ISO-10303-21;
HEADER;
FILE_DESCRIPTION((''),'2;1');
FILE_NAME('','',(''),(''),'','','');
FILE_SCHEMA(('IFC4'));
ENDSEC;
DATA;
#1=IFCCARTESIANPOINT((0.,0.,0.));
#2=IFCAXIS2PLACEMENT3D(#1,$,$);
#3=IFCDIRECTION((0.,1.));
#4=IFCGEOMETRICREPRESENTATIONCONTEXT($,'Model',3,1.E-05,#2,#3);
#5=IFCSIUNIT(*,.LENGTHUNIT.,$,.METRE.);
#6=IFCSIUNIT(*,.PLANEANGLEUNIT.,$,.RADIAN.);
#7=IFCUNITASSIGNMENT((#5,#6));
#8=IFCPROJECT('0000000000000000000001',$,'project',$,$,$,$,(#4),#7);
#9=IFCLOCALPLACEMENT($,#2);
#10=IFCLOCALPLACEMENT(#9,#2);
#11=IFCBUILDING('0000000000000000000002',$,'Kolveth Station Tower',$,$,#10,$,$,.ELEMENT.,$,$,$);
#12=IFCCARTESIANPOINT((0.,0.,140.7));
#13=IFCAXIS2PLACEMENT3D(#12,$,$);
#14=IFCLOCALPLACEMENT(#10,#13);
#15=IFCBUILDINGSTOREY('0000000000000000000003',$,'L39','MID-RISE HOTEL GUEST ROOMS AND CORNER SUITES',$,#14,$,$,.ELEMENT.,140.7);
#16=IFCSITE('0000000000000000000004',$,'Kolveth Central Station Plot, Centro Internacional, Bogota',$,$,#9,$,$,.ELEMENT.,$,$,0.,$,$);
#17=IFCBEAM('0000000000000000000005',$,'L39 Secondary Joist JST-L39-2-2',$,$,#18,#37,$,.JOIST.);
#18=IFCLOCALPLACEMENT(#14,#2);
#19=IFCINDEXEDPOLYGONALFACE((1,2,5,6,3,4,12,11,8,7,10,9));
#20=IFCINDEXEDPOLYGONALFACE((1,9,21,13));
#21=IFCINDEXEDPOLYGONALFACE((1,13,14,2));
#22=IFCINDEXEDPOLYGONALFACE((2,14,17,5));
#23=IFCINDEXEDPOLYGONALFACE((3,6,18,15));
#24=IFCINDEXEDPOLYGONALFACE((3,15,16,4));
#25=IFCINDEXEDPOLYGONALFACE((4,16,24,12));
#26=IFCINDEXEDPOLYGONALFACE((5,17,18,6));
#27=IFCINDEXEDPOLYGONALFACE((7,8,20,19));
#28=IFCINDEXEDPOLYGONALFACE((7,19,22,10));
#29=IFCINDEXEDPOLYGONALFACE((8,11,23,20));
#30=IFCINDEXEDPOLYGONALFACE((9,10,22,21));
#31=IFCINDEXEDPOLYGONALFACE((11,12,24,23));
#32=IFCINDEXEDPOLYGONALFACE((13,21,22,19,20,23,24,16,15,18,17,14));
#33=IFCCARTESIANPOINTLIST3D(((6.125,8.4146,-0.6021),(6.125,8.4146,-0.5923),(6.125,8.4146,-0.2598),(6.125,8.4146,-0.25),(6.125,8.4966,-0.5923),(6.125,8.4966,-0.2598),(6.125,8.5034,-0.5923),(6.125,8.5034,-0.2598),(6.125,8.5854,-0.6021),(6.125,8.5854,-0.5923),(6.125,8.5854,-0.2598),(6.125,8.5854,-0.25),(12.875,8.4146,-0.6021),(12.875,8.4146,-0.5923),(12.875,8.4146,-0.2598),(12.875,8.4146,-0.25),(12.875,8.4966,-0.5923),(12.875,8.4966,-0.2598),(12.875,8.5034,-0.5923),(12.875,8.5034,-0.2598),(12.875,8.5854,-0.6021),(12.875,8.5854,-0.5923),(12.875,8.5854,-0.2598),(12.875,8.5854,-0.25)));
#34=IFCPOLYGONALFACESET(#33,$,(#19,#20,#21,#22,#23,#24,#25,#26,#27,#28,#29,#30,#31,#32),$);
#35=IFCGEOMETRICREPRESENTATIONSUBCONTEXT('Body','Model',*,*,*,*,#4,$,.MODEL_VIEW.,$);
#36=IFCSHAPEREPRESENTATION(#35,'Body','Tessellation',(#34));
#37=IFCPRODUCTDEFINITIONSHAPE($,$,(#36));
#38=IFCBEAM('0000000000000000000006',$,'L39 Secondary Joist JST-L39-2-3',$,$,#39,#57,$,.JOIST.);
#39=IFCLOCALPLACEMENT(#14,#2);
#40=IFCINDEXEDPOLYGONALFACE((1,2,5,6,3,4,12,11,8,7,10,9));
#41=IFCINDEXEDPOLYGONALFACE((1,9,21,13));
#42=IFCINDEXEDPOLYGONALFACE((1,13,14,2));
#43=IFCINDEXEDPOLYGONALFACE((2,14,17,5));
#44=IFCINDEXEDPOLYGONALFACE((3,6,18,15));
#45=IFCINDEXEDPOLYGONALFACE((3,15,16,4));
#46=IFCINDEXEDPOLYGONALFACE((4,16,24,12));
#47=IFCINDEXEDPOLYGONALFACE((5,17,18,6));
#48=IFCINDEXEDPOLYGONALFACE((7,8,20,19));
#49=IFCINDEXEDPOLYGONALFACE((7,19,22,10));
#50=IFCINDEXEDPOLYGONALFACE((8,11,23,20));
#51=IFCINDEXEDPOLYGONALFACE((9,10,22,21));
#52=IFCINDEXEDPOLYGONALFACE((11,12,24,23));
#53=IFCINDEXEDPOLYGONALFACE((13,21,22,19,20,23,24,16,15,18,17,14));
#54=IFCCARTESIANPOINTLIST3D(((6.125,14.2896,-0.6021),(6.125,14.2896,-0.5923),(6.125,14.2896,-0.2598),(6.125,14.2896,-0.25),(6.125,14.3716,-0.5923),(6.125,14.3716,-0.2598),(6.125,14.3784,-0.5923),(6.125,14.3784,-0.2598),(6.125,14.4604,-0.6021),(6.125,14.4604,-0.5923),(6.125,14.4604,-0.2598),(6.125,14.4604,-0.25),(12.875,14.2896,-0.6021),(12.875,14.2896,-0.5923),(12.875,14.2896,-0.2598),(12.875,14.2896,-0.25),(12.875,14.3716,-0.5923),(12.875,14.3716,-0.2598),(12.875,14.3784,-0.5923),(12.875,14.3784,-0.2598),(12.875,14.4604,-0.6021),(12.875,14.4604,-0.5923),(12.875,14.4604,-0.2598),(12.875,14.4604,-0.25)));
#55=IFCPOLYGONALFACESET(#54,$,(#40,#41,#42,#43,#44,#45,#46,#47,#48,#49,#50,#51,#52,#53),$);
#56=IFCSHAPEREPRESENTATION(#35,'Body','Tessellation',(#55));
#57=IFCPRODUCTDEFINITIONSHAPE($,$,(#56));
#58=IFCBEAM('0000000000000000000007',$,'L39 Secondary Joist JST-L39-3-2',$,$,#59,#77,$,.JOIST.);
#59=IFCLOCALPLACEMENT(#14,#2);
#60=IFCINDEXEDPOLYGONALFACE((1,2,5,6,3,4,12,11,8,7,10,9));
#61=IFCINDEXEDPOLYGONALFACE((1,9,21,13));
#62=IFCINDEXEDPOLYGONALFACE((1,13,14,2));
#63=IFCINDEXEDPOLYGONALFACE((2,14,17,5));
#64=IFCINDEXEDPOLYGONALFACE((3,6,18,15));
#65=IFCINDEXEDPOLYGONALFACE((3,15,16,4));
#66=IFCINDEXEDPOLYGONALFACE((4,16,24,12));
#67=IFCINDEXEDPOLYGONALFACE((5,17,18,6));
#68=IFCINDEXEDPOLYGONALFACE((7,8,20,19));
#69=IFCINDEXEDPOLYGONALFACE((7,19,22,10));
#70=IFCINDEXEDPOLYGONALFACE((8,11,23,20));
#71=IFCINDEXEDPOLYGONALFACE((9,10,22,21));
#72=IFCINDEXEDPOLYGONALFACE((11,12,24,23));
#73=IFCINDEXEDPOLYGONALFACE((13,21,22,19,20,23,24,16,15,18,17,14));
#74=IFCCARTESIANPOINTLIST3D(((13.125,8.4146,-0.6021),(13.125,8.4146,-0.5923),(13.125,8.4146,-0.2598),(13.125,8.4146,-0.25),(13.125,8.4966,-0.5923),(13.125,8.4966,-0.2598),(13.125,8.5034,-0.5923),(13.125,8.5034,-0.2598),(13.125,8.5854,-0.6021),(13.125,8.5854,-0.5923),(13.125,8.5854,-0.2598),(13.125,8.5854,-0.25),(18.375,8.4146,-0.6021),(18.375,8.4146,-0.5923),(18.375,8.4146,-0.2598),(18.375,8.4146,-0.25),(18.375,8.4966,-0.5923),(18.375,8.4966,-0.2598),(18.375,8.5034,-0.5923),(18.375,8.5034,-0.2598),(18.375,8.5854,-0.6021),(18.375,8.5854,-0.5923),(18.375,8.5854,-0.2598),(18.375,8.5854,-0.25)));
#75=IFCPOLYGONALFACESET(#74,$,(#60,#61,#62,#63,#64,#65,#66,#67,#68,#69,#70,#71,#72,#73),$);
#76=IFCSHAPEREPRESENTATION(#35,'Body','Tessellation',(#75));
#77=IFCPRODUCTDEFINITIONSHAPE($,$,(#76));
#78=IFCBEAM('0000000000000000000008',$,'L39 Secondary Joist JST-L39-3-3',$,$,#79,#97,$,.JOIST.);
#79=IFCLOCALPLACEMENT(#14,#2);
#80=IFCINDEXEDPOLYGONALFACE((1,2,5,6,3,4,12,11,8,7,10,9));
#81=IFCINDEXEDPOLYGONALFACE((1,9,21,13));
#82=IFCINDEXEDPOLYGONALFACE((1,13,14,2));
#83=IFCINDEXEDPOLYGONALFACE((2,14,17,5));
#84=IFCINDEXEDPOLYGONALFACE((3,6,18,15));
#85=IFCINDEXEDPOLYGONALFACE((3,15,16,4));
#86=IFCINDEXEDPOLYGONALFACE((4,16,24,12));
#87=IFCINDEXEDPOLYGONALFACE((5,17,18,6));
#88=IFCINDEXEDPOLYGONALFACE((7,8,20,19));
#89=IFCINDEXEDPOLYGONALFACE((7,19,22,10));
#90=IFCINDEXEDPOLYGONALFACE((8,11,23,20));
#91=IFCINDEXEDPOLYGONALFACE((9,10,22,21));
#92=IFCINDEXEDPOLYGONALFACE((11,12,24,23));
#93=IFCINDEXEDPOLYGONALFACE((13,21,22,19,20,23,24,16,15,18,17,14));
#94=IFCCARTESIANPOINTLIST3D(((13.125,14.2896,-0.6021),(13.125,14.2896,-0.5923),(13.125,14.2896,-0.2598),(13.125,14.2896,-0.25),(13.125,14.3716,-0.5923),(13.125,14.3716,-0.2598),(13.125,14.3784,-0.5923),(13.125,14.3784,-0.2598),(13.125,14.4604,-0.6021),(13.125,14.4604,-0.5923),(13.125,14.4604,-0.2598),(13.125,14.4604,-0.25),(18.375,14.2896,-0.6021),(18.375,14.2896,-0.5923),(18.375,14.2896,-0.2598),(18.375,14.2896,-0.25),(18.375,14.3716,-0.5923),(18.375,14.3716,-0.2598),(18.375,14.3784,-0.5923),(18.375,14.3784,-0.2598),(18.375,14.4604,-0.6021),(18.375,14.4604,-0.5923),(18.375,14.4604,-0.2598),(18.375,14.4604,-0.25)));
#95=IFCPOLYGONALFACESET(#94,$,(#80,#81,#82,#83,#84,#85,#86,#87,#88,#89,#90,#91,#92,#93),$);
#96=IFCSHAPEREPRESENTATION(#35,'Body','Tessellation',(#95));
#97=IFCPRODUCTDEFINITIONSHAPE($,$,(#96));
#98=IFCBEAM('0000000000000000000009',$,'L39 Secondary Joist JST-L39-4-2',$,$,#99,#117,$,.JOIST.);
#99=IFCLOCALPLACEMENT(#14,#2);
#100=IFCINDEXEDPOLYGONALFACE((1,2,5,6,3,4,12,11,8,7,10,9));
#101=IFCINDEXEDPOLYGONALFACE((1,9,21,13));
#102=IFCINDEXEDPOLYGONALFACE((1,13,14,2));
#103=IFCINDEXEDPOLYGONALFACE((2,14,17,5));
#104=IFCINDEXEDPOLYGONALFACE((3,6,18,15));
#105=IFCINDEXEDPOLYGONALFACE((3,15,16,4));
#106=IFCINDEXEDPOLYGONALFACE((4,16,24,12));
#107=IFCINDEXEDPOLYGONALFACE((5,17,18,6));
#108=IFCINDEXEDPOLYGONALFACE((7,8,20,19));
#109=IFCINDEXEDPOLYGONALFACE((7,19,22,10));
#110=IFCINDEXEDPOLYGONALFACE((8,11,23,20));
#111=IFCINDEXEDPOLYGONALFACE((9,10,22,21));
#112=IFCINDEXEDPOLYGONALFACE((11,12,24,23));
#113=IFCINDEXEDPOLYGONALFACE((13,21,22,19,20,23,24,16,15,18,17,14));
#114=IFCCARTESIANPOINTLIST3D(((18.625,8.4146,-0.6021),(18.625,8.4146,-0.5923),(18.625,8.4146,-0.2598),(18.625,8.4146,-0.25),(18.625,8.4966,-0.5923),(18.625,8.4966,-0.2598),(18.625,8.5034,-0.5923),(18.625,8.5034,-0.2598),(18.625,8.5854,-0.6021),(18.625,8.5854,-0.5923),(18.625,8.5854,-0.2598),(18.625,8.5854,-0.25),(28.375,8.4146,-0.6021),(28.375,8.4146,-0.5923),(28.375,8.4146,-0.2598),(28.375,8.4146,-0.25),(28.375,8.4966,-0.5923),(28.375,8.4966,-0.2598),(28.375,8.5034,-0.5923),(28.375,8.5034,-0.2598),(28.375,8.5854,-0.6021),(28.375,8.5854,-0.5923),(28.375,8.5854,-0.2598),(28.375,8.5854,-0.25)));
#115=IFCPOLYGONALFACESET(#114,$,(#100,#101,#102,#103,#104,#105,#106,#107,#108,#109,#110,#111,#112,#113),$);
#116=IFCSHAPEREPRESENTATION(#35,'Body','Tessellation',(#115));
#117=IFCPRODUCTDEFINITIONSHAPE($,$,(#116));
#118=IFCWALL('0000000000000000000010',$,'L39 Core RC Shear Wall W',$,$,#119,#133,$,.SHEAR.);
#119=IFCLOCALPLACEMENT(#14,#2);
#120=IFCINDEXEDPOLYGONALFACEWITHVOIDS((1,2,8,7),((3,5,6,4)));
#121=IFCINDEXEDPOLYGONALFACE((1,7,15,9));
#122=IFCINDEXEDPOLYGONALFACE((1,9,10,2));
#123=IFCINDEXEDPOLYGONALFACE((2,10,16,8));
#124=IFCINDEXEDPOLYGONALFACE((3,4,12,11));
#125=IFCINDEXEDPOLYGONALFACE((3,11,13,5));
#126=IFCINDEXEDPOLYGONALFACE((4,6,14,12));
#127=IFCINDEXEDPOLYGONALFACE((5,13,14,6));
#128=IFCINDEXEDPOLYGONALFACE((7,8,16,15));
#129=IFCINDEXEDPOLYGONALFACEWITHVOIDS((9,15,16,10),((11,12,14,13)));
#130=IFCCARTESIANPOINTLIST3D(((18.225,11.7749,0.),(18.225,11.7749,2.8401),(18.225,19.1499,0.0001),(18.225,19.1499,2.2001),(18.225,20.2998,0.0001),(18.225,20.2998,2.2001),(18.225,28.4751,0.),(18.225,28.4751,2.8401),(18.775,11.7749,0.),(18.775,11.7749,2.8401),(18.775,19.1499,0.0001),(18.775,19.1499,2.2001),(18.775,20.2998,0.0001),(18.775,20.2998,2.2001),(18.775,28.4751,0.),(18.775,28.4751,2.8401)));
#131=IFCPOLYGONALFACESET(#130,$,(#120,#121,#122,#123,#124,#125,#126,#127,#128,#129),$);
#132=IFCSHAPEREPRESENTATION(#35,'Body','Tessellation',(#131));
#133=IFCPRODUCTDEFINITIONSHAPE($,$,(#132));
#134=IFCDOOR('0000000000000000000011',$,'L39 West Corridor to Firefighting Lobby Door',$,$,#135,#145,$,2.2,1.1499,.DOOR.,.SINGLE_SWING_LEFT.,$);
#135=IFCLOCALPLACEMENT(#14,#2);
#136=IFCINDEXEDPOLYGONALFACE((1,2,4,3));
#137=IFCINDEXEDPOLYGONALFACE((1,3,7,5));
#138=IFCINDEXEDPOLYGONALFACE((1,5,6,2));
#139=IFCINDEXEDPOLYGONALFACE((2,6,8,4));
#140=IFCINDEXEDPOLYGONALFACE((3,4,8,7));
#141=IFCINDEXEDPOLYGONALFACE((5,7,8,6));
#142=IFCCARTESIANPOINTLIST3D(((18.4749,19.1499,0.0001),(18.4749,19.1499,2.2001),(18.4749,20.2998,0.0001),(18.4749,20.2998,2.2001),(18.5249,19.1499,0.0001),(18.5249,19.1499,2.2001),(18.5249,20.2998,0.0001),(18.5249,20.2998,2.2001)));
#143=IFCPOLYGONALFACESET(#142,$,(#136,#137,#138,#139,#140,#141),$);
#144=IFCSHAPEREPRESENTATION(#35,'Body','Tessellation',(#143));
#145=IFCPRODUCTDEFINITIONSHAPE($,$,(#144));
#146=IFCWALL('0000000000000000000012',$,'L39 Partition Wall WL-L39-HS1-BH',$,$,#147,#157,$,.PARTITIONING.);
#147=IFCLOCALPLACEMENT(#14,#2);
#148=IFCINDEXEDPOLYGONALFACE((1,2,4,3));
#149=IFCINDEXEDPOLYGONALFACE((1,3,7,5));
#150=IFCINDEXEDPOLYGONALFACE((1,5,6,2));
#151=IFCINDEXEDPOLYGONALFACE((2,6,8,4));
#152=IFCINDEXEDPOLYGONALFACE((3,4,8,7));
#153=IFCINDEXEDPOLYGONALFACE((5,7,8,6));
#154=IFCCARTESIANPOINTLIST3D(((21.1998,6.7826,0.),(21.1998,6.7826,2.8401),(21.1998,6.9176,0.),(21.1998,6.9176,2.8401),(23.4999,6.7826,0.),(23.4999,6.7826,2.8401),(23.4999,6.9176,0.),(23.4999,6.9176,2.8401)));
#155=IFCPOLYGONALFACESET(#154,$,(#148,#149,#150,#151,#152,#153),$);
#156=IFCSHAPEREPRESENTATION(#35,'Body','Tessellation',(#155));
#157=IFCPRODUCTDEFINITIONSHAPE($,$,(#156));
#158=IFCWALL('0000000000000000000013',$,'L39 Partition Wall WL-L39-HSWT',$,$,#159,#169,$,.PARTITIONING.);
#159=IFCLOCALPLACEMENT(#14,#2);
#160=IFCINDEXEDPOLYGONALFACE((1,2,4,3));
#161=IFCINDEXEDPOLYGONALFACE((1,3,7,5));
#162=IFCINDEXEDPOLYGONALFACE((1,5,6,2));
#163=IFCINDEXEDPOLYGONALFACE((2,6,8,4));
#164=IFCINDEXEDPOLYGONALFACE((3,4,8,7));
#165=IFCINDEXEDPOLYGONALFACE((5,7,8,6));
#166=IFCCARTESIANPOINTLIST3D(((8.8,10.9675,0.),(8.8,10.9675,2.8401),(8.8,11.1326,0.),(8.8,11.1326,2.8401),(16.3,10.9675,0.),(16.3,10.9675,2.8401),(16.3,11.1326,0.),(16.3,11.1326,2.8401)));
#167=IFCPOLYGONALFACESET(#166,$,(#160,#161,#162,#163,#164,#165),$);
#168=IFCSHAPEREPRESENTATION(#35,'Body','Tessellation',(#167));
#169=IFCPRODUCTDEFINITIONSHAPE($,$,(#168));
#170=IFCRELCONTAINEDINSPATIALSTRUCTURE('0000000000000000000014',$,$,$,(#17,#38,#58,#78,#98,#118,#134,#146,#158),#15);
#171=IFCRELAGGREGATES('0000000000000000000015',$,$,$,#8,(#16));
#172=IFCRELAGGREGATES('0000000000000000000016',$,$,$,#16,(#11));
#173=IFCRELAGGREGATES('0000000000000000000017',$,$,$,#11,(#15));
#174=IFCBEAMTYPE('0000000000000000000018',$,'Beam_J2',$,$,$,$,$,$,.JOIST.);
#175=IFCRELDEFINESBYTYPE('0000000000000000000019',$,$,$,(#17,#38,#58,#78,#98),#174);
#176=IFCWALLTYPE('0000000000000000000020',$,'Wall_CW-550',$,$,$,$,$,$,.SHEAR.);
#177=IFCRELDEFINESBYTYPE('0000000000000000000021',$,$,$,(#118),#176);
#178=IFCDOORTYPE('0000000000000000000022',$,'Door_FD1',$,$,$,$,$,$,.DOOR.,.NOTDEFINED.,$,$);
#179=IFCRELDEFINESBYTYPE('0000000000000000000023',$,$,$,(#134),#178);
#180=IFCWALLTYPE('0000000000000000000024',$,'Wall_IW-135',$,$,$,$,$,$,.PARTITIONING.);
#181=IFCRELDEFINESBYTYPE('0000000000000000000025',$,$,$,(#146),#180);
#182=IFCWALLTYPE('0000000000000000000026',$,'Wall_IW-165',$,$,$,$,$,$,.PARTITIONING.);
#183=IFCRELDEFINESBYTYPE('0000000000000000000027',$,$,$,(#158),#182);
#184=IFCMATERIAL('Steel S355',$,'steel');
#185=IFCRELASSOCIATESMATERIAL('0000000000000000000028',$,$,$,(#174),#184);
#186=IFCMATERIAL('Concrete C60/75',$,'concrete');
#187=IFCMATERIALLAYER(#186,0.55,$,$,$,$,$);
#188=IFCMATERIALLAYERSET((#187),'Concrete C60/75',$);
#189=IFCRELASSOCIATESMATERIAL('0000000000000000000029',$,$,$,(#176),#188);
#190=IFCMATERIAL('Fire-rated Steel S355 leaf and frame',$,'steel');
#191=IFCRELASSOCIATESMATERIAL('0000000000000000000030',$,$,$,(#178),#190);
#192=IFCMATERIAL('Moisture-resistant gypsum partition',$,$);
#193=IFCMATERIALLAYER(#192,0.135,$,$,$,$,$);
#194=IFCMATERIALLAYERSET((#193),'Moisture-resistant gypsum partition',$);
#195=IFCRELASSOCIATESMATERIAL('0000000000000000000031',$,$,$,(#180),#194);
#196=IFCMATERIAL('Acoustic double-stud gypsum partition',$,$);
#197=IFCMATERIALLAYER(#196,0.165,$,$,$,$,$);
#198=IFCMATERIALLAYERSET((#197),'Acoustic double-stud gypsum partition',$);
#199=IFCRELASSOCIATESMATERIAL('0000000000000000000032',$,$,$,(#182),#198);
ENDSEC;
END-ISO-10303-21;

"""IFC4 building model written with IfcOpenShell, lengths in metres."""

from ifc_helpers import new_model, si_unit, direction, frame, frame_2d, origin, origin_2d, place, context, subcontext, project, spatial, rectangle, i_section, extrude, source, transform, mapped, material, layer, layer_set, material_profile, profile_set, type_object, element, fill, save


model = new_model("IFC4")

# Units and contexts
model_context = context("Model", 3, precision=1e-05, world=origin(), true_north=direction((0.0, 1.0)))
body_context = subcontext(model_context, "Body", "Model", "MODEL_VIEW")
ifc_project = project(units=[si_unit("LENGTHUNIT", "METRE"), si_unit("PLANEANGLEUNIT", "RADIAN")], contexts=[model_context])

# Site, building, storey
site_placement = place(None, origin())
site = spatial("IfcSite", under=ifc_project, at=site_placement, Name="Kolveth Central Station Plot, Centro Internacional, Bogota", CompositionType="ELEMENT", RefElevation=0.0)
building_placement = place(site_placement, origin())
building = spatial("IfcBuilding", under=site, at=building_placement, Name="Kolveth Station Tower", CompositionType="ELEMENT")
storey_placement = place(building_placement, frame((0.0, 0.0, 140.7)))
storey = spatial("IfcBuildingStorey", under=building, at=storey_placement, Name="L39", Description="MID-RISE HOTEL GUEST ROOMS AND CORNER SUITES", CompositionType="ELEMENT", Elevation=140.7)

# Shared definitions
ifc_material_1 = material(Name="Steel S355", Category="steel")

# Beams
ifc_material_profile_1 = material_profile(ifc_material_1, i_section(OverallWidth=0.1709, OverallDepth=0.3521, WebThickness=0.0068, FlangeThickness=0.0098, at=origin_2d()), Name="W360x44")
ifc_profile_set_1 = profile_set([ifc_material_profile_1], Name="Steel S355")
beam_type_1 = type_object("IfcBeamType", Name="Beam_J2", PredefinedType="JOIST", material=ifc_profile_set_1)
shared_shape_1 = source(origin(), body_context, "Body", "SweptSolid", [
    extrude(i_section(OverallWidth=0.1709, OverallDepth=0.3521, WebThickness=0.0068, FlangeThickness=0.0098, at=origin_2d()), origin(), (0.0, 0.0, 1.0), 6.75),
])
for number, where, z_axis, x_axis, name in (
    (1, (6.125, 8.5, -0.426), (1.0, 0.0, 0.0), (0.0, 1.0, 0.0), "L39 Secondary Joist JST-L39-2-2"),
    (2, (6.125, 14.375, -0.426), (1.0, 0.0, 0.0), (0.0, 1.0, 0.0), "L39 Secondary Joist JST-L39-2-3"),
):
    element("IfcBeam", number, at=place(storey_placement, frame(where, z_axis=z_axis, x_axis=x_axis)), inside=storey, type_object=beam_type_1, Name=name, PredefinedType="JOIST", context=body_context, shape_type="MappedRepresentation", body=[
        mapped(shared_shape_1, transform((0.0, 0.0, 0.0), x_axis=(1.0, 0.0, 0.0), y_axis=(0.0, 1.0, 0.0), z_axis=(0.0, 0.0, 1.0), scale=1.0)),
    ])
shared_shape_2 = source(origin(), body_context, "Body", "SweptSolid", [
    extrude(i_section(OverallWidth=0.1709, OverallDepth=0.3521, WebThickness=0.0068, FlangeThickness=0.0098, at=origin_2d()), origin(), (0.0, 0.0, 1.0), 5.25),
])
for number, where, z_axis, x_axis, name in (
    (3, (13.125, 8.5, -0.426), (1.0, 0.0, 0.0), (0.0, 1.0, 0.0), "L39 Secondary Joist JST-L39-3-2"),
    (4, (13.125, 14.375, -0.426), (1.0, 0.0, 0.0), (0.0, 1.0, 0.0), "L39 Secondary Joist JST-L39-3-3"),
):
    element("IfcBeam", number, at=place(storey_placement, frame(where, z_axis=z_axis, x_axis=x_axis)), inside=storey, type_object=beam_type_1, Name=name, PredefinedType="JOIST", context=body_context, shape_type="MappedRepresentation", body=[
        mapped(shared_shape_2, transform((0.0, 0.0, 0.0), x_axis=(1.0, 0.0, 0.0), y_axis=(0.0, 1.0, 0.0), z_axis=(0.0, 0.0, 1.0), scale=1.0)),
    ])
shared_shape_3 = source(origin(), body_context, "Body", "SweptSolid", [
    extrude(i_section(OverallWidth=0.1709, OverallDepth=0.3521, WebThickness=0.0068, FlangeThickness=0.0098, at=origin_2d()), origin(), (0.0, 0.0, 1.0), 9.75),
])
beam_1_placement = place(storey_placement, frame((18.625, 8.5, -0.426), z_axis=(1.0, 0.0, 0.0), x_axis=(0.0, 1.0, 0.0)))
element("IfcBeam", 5, at=beam_1_placement, inside=storey, type_object=beam_type_1, Name="L39 Secondary Joist JST-L39-4-2", PredefinedType="JOIST", context=body_context, shape_type="MappedRepresentation", body=[
    mapped(shared_shape_3, transform((0.0, 0.0, 0.0), x_axis=(1.0, 0.0, 0.0), y_axis=(0.0, 1.0, 0.0), z_axis=(0.0, 0.0, 1.0), scale=1.0)),
])

# Shared definitions
ifc_material_2 = material(Name="Concrete C60/75", Category="concrete")
ifc_layer_1 = layer(ifc_material_2, 0.55)
ifc_layer_set_1 = layer_set([ifc_layer_1], Name="Concrete C60/75")
wall_type_1 = type_object("IfcWallType", Name="Wall_CW-550", PredefinedType="SHEAR", material=ifc_layer_set_1)

# Wall, opening, door
wall_1_placement = place(storey_placement, frame((18.5, 11.7749, 0.0), z_axis=(0.0, 0.0, 1.0), x_axis=(0.0, 1.0, 0.0)))
wall_1 = element("IfcWall", 6, at=wall_1_placement, inside=storey, type_object=wall_type_1, Name="L39 Core RC Shear Wall W", PredefinedType="SHEAR", context=body_context, shape_type="SweptSolid", body=[
    extrude(rectangle(XDim=16.7002, YDim=0.55, at=frame_2d((8.3501, 0.0))), origin(), (0.0, 0.0, 1.0), 2.8401),
])
opening_1_placement = place(wall_1_placement, frame((7.375, 0.0, 0.0)))
opening_1 = element("IfcOpeningElement", 7, at=opening_1_placement, cuts=wall_1, PredefinedType="OPENING", context=body_context, shape_type="SweptSolid", body=[
    extrude(rectangle(XDim=1.1499, YDim=2.2, at=frame_2d((0.575, 1.1001))), frame((0.0, 0.2849, 0.0), z_axis=(0.0, -1.0, 0.0), x_axis=(1.0, 0.0, 0.0)), (0.0, 0.0, 1.0), 0.5701),
])
ifc_material_3 = material(Name="Fire-rated Steel S355 leaf and frame", Category="steel")
door_type_1 = type_object("IfcDoorType", Name="Door_FD1", OperationType="NOTDEFINED", PredefinedType="DOOR", material=ifc_material_3)
door_1_placement = place(opening_1_placement, frame((1.1499, 0.0, 0.0), z_axis=(0.0, 0.0, 1.0), x_axis=(-1.0, 0.0, 0.0)))
door_1 = element("IfcDoor", 8, at=door_1_placement, inside=storey, type_object=door_type_1, Name="L39 West Corridor to Firefighting Lobby Door", OperationType="SINGLE_SWING_LEFT", OverallHeight=2.2, OverallWidth=1.1499, PredefinedType="DOOR", context=body_context, shape_type="SweptSolid", body=[
    extrude(rectangle(XDim=1.1499, YDim=2.2, at=frame_2d((0.575, 1.1001))), frame((0.0, 0.0249, 0.0), z_axis=(0.0, -1.0, 0.0), x_axis=(1.0, 0.0, 0.0)), (0.0, 0.0, 1.0), 0.05),
])
fill(opening_1, door_1)

# Walls
ifc_material_4 = material(Name="Moisture-resistant gypsum partition")
ifc_layer_2 = layer(ifc_material_4, 0.135)
ifc_layer_set_2 = layer_set([ifc_layer_2], Name="Moisture-resistant gypsum partition")
wall_type_2 = type_object("IfcWallType", Name="Wall_IW-135", PredefinedType="PARTITIONING", material=ifc_layer_set_2)
wall_2_placement = place(storey_placement, frame((21.2, 6.8501, 0.0), z_axis=(0.0, 0.0, 1.0), x_axis=(1.0, 0.0, 0.0)))
element("IfcWall", 9, at=wall_2_placement, inside=storey, type_object=wall_type_2, Name="L39 Partition Wall WL-L39-HS1-BH", PredefinedType="PARTITIONING", context=body_context, shape_type="SweptSolid", body=[
    extrude(rectangle(XDim=2.3, YDim=0.135, at=frame_2d((1.1499, 0.0))), origin(), (0.0, 0.0, 1.0), 2.8401),
])
ifc_material_5 = material(Name="Acoustic double-stud gypsum partition")
ifc_layer_3 = layer(ifc_material_5, 0.165)
ifc_layer_set_3 = layer_set([ifc_layer_3], Name="Acoustic double-stud gypsum partition")
wall_type_3 = type_object("IfcWallType", Name="Wall_IW-165", PredefinedType="PARTITIONING", material=ifc_layer_set_3)
wall_3_placement = place(storey_placement, frame((8.8, 11.05, 0.0), z_axis=(0.0, 0.0, 1.0), x_axis=(1.0, 0.0, 0.0)))
element("IfcWall", 10, at=wall_3_placement, inside=storey, type_object=wall_type_3, Name="L39 Partition Wall WL-L39-HSWT", PredefinedType="PARTITIONING", context=body_context, shape_type="SweptSolid", body=[
    extrude(rectangle(XDim=7.5, YDim=0.165, at=frame_2d((3.75, 0.0))), origin(), (0.0, 0.0, 1.0), 2.8401),
])

save(model, "model.ifc")
